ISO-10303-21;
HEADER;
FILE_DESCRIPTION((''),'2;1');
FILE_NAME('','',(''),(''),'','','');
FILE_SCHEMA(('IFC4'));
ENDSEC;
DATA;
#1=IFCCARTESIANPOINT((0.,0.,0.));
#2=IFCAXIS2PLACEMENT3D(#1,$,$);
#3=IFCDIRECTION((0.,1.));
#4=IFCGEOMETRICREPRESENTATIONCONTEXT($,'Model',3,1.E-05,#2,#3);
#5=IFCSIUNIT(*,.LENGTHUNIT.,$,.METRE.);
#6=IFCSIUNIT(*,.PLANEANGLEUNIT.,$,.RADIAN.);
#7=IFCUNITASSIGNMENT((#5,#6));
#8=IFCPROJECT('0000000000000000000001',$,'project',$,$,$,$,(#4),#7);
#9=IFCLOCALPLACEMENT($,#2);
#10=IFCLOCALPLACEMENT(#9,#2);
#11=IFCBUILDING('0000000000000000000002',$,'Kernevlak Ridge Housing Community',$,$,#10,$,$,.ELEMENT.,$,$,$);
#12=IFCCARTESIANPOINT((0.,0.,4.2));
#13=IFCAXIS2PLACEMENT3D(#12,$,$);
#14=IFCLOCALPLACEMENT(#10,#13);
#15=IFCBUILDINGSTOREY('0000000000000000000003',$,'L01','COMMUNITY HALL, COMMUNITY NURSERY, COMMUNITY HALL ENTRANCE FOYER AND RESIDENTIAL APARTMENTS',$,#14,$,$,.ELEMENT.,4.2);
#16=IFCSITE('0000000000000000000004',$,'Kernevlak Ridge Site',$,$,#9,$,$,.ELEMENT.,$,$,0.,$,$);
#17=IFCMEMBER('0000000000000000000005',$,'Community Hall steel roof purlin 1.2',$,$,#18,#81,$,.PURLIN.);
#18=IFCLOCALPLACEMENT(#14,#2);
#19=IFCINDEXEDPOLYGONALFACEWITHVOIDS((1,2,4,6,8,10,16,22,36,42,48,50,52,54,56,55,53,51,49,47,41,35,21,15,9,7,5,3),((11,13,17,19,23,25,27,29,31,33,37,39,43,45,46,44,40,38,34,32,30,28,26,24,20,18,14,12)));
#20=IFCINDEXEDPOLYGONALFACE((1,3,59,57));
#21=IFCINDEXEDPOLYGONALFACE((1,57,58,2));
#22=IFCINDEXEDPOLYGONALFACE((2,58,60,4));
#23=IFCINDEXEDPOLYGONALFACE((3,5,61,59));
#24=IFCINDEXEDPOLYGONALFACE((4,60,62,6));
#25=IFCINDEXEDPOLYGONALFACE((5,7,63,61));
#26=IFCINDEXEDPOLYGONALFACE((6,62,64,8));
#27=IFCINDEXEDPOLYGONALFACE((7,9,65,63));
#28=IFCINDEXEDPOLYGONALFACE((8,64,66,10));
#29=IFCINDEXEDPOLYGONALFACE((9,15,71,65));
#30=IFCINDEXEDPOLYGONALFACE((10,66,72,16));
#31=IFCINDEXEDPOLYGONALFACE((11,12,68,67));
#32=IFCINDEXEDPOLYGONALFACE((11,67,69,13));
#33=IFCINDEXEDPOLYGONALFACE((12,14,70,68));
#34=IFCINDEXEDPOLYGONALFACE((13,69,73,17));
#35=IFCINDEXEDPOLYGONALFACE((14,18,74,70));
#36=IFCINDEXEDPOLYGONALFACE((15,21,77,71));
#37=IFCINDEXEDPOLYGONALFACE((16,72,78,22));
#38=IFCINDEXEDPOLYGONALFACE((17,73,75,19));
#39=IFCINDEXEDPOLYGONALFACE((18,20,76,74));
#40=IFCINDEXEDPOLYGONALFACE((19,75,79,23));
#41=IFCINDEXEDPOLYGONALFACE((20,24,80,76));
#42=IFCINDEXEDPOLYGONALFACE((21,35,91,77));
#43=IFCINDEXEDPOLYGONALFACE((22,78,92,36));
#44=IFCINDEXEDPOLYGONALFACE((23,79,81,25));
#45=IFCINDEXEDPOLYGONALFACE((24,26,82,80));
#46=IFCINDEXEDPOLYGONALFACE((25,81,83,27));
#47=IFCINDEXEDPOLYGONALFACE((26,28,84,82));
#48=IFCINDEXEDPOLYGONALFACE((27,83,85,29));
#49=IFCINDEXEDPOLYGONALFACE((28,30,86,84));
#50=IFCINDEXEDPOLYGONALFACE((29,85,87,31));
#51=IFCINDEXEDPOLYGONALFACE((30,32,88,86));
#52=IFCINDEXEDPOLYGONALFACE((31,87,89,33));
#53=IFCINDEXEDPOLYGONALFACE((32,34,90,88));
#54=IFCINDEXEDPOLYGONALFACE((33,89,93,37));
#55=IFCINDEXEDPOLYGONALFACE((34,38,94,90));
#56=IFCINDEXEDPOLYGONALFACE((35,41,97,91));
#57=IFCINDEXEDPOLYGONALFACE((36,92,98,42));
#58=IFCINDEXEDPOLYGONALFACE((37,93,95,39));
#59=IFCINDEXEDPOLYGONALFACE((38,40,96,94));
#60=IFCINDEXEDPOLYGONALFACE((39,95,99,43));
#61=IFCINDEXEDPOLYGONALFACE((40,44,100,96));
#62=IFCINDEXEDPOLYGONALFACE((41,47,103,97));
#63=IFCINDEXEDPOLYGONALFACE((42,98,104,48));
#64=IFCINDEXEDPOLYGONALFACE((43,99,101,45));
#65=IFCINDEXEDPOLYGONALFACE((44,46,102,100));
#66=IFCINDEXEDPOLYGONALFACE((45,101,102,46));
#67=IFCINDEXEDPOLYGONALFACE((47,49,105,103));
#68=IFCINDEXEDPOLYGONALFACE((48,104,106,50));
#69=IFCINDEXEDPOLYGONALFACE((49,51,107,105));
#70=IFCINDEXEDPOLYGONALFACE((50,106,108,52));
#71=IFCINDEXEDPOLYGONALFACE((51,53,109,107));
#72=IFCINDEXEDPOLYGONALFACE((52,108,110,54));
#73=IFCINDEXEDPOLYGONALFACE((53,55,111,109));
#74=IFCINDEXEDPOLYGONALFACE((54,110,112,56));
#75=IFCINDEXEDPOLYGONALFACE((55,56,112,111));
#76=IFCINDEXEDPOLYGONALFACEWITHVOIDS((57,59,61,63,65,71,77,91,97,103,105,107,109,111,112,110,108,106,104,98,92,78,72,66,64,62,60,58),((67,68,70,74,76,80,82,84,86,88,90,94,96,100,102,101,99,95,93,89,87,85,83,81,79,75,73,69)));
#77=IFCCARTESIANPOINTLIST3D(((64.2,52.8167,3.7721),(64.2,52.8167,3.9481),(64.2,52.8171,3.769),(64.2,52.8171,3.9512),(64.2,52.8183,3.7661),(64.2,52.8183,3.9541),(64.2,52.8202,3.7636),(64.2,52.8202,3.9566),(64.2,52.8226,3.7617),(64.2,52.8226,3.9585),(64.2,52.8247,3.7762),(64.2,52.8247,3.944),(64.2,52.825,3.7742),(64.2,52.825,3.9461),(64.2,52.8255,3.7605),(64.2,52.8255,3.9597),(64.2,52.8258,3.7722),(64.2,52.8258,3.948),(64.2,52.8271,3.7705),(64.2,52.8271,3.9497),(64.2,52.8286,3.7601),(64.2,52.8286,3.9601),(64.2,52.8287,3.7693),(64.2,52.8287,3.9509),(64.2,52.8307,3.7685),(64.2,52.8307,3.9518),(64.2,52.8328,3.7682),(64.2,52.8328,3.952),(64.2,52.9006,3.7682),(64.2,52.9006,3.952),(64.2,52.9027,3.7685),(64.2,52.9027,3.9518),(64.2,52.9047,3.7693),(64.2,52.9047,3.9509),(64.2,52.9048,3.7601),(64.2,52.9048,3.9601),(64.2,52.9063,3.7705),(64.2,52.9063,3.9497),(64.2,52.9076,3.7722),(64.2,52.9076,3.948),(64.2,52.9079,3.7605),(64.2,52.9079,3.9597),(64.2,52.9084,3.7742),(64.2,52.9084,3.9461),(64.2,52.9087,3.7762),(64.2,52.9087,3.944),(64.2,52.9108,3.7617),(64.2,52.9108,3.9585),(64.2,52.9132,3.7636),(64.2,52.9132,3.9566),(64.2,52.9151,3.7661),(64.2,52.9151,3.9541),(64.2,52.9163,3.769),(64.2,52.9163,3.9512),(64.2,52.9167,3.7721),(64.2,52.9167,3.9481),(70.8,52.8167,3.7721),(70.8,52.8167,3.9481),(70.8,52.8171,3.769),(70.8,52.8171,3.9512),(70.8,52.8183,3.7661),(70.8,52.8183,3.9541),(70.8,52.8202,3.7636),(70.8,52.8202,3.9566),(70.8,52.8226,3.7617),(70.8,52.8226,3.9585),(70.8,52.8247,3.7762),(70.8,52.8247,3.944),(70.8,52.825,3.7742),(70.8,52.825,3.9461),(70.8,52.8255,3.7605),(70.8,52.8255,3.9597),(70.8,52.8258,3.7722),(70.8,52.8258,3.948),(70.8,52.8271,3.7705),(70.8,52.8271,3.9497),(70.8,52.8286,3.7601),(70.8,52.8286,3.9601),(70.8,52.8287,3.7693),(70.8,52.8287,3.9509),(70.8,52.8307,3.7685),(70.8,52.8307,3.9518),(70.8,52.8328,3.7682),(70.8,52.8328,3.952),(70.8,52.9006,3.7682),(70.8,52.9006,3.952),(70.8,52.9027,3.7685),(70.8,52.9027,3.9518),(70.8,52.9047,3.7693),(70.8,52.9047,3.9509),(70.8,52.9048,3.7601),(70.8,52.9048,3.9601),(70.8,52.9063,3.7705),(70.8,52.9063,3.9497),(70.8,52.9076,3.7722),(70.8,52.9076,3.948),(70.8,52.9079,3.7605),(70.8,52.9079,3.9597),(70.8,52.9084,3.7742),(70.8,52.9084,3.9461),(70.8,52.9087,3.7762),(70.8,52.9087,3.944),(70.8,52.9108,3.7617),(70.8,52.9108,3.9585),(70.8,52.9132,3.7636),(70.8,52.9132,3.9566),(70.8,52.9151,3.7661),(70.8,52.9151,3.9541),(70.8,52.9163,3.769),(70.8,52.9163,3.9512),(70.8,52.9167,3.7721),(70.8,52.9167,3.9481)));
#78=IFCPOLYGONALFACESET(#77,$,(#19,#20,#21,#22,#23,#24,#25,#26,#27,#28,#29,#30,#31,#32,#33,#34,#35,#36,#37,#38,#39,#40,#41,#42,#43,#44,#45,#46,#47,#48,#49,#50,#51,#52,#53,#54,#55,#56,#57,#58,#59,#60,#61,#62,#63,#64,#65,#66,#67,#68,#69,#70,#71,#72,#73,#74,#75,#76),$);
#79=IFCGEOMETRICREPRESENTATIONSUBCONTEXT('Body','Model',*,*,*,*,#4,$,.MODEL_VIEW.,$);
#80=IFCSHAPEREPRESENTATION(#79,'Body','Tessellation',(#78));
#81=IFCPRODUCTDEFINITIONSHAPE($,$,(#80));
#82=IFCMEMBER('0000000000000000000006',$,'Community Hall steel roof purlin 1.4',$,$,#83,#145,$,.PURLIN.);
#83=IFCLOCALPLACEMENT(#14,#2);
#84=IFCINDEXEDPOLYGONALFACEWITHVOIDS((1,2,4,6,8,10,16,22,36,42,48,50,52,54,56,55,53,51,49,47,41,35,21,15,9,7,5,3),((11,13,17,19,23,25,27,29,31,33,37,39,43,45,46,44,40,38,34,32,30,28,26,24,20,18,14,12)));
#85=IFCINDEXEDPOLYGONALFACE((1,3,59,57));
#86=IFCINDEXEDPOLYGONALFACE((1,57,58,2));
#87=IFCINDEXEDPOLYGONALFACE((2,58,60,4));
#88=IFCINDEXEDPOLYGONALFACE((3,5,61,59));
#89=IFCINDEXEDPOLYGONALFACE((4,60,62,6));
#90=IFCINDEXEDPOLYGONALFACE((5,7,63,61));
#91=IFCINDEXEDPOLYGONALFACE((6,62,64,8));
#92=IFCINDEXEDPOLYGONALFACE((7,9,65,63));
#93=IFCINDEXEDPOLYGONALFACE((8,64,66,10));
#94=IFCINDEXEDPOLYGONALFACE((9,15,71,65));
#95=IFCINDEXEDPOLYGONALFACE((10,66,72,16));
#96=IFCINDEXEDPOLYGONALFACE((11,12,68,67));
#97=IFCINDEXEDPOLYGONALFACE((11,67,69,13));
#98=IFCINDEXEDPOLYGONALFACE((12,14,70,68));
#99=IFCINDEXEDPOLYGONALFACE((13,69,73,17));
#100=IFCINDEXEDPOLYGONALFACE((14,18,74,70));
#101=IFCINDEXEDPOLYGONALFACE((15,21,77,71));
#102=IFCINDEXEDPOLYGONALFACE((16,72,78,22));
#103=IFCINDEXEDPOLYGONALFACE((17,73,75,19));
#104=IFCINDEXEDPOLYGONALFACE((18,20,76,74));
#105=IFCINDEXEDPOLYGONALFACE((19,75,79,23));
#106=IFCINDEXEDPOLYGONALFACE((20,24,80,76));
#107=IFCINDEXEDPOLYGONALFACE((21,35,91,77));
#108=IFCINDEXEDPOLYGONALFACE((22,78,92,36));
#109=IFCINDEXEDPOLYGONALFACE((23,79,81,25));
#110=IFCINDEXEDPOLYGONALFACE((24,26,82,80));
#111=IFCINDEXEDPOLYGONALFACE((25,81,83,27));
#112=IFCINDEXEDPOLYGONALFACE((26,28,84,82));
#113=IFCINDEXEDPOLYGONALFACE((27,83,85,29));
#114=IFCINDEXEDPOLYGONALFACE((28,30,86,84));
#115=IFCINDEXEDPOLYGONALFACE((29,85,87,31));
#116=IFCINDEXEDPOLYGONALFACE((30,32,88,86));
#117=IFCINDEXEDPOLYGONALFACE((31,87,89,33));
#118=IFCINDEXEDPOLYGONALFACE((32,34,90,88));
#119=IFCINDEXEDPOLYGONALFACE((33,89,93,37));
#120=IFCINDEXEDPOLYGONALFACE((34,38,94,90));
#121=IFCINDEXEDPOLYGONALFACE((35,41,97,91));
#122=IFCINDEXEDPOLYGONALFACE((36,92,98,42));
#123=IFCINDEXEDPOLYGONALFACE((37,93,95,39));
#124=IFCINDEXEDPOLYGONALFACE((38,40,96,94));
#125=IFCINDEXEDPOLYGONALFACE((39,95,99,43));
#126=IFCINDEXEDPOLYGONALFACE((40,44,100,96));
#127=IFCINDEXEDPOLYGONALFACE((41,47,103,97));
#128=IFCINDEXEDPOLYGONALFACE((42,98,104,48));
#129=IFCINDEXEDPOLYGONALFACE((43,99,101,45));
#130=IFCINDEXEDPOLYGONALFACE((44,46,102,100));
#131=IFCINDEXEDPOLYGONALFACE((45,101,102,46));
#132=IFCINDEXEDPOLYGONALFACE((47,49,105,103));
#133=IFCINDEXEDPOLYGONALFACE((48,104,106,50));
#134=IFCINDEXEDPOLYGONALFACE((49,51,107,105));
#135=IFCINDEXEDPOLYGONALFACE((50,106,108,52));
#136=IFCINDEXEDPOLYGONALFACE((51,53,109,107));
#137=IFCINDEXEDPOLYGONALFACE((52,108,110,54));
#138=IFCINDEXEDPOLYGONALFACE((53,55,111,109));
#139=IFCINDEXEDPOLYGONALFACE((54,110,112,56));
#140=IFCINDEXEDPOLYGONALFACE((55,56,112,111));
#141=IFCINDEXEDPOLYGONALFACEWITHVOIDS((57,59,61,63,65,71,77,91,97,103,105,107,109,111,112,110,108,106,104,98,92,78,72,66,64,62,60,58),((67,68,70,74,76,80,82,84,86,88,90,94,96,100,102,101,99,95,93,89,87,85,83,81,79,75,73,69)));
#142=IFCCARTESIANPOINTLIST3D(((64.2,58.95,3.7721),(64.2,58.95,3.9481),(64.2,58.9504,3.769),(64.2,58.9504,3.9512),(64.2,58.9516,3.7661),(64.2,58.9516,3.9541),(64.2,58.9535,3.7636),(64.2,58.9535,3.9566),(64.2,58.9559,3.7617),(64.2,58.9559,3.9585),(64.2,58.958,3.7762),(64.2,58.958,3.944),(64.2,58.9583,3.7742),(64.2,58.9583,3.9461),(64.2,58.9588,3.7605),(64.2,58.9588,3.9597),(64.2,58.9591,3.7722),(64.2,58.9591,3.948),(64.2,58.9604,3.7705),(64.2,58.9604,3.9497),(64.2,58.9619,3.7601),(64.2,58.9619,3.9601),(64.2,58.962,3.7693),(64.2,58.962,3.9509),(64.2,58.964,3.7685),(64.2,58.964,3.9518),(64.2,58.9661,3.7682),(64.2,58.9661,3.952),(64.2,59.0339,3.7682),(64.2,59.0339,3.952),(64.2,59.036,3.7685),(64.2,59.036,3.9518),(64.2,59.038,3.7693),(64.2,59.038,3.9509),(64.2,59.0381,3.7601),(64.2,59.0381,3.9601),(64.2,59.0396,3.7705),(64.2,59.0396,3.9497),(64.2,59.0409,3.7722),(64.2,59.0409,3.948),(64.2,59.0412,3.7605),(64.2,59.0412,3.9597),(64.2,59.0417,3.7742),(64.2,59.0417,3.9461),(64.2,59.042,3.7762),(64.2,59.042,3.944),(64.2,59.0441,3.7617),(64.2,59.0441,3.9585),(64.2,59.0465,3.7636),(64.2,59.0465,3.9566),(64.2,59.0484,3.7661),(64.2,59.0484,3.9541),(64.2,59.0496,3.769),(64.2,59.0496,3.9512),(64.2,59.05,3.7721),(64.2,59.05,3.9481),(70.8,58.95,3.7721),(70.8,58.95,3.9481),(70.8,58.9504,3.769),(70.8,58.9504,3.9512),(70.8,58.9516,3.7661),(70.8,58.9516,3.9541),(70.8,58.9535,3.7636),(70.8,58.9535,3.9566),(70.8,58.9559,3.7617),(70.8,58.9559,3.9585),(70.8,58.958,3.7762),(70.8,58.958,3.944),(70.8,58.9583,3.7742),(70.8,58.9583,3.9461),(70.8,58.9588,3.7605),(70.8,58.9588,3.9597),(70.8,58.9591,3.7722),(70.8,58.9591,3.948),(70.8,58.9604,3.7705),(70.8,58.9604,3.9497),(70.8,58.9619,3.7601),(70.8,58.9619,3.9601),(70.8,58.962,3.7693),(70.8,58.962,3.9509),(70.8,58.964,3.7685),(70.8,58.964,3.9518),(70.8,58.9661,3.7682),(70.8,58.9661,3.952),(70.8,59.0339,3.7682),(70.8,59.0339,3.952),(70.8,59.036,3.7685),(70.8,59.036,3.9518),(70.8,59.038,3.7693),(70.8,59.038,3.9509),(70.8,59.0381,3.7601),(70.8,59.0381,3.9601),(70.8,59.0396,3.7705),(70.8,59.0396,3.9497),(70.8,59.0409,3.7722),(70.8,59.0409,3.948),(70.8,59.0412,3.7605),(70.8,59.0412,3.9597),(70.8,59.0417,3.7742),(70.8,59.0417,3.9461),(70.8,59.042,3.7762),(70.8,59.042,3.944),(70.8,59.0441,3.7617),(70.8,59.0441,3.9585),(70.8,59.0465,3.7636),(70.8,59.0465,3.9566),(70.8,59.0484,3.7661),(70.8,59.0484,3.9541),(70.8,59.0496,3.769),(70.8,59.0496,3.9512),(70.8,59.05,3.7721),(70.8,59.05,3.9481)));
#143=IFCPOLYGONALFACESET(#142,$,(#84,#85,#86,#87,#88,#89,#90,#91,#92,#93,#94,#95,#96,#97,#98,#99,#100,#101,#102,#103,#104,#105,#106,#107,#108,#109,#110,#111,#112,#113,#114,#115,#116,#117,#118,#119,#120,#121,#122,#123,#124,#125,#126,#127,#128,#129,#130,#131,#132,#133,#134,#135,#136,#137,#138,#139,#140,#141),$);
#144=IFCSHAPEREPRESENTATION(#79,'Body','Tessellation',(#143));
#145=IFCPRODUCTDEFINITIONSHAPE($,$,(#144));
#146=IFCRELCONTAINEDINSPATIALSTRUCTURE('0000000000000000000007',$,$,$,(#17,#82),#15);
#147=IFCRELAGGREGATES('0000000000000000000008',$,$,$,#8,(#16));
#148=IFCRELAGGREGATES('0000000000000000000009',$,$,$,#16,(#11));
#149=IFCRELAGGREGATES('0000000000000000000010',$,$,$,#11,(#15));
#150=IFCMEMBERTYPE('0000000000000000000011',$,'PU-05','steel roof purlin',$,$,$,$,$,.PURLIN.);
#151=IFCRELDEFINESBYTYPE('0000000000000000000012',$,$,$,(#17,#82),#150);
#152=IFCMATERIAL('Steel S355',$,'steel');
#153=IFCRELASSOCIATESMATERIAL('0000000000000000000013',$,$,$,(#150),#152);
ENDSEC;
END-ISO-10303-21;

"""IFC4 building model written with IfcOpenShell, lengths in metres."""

from ifc_helpers import new_model, si_unit, direction, frame, origin, origin_2d, place, context, subcontext, project, spatial, hollow_rectangle, extrude, material, material_profile, profile_set, type_object, element, save


model = new_model("IFC4")

# Units and contexts
model_context = context("Model", 3, precision=1e-05, world=origin(), true_north=direction((0.0, 1.0)))
body_context = subcontext(model_context, "Body", "Model", "MODEL_VIEW")
ifc_project = project(units=[si_unit("LENGTHUNIT", "METRE"), si_unit("PLANEANGLEUNIT", "RADIAN")], contexts=[model_context])

# Site, building, storey
site_placement = place(None, origin())
site = spatial("IfcSite", under=ifc_project, at=site_placement, Name="Kernevlak Ridge Site", CompositionType="ELEMENT", RefElevation=0.0)
building_placement = place(site_placement, origin())
building = spatial("IfcBuilding", under=site, at=building_placement, Name="Kernevlak Ridge Housing Community", CompositionType="ELEMENT")
storey_placement = place(building_placement, frame((0.0, 0.0, 4.2)))
storey = spatial("IfcBuildingStorey", under=building, at=storey_placement, Name="L01", Description="COMMUNITY HALL, COMMUNITY NURSERY, COMMUNITY HALL ENTRANCE FOYER AND RESIDENTIAL APARTMENTS", CompositionType="ELEMENT", Elevation=4.2)

# Members
ifc_material_1 = material(Name="Steel S355", Category="steel")
ifc_material_profile_1 = material_profile(ifc_material_1, hollow_rectangle(XDim=0.1001, YDim=0.2, WallThickness=0.0081, InnerFilletRadius=0.0081, OuterFilletRadius=0.012, at=origin_2d()), Name="RHS 200x100x8")
ifc_profile_set_1 = profile_set([ifc_material_profile_1], Name="Steel S355")
member_type_1 = type_object("IfcMemberType", Name="PU-05", Description="steel roof purlin", PredefinedType="PURLIN", material=ifc_profile_set_1)
for number, where, z_axis, x_axis, name in (
    (1, (64.2, 52.8667, 3.8601), (1.0, 0.0, 0.0), (0.0, 1.0, 0.0), "Community Hall steel roof purlin 1.2"),
    (2, (64.2, 59.0, 3.8601), (1.0, 0.0, 0.0), (0.0, 1.0, 0.0), "Community Hall steel roof purlin 1.4"),
):
    element("IfcMember", number, at=place(storey_placement, frame(where, z_axis=z_axis, x_axis=x_axis)), inside=storey, type_object=member_type_1, Name=name, PredefinedType="PURLIN", context=body_context, shape_type="SweptSolid", body=[
        extrude(hollow_rectangle(XDim=0.1001, YDim=0.2, WallThickness=0.0081, InnerFilletRadius=0.0081, OuterFilletRadius=0.012, at=origin_2d()), origin(), (0.0, 0.0, 1.0), 6.6001),
    ])

save(model, "model.ifc")
